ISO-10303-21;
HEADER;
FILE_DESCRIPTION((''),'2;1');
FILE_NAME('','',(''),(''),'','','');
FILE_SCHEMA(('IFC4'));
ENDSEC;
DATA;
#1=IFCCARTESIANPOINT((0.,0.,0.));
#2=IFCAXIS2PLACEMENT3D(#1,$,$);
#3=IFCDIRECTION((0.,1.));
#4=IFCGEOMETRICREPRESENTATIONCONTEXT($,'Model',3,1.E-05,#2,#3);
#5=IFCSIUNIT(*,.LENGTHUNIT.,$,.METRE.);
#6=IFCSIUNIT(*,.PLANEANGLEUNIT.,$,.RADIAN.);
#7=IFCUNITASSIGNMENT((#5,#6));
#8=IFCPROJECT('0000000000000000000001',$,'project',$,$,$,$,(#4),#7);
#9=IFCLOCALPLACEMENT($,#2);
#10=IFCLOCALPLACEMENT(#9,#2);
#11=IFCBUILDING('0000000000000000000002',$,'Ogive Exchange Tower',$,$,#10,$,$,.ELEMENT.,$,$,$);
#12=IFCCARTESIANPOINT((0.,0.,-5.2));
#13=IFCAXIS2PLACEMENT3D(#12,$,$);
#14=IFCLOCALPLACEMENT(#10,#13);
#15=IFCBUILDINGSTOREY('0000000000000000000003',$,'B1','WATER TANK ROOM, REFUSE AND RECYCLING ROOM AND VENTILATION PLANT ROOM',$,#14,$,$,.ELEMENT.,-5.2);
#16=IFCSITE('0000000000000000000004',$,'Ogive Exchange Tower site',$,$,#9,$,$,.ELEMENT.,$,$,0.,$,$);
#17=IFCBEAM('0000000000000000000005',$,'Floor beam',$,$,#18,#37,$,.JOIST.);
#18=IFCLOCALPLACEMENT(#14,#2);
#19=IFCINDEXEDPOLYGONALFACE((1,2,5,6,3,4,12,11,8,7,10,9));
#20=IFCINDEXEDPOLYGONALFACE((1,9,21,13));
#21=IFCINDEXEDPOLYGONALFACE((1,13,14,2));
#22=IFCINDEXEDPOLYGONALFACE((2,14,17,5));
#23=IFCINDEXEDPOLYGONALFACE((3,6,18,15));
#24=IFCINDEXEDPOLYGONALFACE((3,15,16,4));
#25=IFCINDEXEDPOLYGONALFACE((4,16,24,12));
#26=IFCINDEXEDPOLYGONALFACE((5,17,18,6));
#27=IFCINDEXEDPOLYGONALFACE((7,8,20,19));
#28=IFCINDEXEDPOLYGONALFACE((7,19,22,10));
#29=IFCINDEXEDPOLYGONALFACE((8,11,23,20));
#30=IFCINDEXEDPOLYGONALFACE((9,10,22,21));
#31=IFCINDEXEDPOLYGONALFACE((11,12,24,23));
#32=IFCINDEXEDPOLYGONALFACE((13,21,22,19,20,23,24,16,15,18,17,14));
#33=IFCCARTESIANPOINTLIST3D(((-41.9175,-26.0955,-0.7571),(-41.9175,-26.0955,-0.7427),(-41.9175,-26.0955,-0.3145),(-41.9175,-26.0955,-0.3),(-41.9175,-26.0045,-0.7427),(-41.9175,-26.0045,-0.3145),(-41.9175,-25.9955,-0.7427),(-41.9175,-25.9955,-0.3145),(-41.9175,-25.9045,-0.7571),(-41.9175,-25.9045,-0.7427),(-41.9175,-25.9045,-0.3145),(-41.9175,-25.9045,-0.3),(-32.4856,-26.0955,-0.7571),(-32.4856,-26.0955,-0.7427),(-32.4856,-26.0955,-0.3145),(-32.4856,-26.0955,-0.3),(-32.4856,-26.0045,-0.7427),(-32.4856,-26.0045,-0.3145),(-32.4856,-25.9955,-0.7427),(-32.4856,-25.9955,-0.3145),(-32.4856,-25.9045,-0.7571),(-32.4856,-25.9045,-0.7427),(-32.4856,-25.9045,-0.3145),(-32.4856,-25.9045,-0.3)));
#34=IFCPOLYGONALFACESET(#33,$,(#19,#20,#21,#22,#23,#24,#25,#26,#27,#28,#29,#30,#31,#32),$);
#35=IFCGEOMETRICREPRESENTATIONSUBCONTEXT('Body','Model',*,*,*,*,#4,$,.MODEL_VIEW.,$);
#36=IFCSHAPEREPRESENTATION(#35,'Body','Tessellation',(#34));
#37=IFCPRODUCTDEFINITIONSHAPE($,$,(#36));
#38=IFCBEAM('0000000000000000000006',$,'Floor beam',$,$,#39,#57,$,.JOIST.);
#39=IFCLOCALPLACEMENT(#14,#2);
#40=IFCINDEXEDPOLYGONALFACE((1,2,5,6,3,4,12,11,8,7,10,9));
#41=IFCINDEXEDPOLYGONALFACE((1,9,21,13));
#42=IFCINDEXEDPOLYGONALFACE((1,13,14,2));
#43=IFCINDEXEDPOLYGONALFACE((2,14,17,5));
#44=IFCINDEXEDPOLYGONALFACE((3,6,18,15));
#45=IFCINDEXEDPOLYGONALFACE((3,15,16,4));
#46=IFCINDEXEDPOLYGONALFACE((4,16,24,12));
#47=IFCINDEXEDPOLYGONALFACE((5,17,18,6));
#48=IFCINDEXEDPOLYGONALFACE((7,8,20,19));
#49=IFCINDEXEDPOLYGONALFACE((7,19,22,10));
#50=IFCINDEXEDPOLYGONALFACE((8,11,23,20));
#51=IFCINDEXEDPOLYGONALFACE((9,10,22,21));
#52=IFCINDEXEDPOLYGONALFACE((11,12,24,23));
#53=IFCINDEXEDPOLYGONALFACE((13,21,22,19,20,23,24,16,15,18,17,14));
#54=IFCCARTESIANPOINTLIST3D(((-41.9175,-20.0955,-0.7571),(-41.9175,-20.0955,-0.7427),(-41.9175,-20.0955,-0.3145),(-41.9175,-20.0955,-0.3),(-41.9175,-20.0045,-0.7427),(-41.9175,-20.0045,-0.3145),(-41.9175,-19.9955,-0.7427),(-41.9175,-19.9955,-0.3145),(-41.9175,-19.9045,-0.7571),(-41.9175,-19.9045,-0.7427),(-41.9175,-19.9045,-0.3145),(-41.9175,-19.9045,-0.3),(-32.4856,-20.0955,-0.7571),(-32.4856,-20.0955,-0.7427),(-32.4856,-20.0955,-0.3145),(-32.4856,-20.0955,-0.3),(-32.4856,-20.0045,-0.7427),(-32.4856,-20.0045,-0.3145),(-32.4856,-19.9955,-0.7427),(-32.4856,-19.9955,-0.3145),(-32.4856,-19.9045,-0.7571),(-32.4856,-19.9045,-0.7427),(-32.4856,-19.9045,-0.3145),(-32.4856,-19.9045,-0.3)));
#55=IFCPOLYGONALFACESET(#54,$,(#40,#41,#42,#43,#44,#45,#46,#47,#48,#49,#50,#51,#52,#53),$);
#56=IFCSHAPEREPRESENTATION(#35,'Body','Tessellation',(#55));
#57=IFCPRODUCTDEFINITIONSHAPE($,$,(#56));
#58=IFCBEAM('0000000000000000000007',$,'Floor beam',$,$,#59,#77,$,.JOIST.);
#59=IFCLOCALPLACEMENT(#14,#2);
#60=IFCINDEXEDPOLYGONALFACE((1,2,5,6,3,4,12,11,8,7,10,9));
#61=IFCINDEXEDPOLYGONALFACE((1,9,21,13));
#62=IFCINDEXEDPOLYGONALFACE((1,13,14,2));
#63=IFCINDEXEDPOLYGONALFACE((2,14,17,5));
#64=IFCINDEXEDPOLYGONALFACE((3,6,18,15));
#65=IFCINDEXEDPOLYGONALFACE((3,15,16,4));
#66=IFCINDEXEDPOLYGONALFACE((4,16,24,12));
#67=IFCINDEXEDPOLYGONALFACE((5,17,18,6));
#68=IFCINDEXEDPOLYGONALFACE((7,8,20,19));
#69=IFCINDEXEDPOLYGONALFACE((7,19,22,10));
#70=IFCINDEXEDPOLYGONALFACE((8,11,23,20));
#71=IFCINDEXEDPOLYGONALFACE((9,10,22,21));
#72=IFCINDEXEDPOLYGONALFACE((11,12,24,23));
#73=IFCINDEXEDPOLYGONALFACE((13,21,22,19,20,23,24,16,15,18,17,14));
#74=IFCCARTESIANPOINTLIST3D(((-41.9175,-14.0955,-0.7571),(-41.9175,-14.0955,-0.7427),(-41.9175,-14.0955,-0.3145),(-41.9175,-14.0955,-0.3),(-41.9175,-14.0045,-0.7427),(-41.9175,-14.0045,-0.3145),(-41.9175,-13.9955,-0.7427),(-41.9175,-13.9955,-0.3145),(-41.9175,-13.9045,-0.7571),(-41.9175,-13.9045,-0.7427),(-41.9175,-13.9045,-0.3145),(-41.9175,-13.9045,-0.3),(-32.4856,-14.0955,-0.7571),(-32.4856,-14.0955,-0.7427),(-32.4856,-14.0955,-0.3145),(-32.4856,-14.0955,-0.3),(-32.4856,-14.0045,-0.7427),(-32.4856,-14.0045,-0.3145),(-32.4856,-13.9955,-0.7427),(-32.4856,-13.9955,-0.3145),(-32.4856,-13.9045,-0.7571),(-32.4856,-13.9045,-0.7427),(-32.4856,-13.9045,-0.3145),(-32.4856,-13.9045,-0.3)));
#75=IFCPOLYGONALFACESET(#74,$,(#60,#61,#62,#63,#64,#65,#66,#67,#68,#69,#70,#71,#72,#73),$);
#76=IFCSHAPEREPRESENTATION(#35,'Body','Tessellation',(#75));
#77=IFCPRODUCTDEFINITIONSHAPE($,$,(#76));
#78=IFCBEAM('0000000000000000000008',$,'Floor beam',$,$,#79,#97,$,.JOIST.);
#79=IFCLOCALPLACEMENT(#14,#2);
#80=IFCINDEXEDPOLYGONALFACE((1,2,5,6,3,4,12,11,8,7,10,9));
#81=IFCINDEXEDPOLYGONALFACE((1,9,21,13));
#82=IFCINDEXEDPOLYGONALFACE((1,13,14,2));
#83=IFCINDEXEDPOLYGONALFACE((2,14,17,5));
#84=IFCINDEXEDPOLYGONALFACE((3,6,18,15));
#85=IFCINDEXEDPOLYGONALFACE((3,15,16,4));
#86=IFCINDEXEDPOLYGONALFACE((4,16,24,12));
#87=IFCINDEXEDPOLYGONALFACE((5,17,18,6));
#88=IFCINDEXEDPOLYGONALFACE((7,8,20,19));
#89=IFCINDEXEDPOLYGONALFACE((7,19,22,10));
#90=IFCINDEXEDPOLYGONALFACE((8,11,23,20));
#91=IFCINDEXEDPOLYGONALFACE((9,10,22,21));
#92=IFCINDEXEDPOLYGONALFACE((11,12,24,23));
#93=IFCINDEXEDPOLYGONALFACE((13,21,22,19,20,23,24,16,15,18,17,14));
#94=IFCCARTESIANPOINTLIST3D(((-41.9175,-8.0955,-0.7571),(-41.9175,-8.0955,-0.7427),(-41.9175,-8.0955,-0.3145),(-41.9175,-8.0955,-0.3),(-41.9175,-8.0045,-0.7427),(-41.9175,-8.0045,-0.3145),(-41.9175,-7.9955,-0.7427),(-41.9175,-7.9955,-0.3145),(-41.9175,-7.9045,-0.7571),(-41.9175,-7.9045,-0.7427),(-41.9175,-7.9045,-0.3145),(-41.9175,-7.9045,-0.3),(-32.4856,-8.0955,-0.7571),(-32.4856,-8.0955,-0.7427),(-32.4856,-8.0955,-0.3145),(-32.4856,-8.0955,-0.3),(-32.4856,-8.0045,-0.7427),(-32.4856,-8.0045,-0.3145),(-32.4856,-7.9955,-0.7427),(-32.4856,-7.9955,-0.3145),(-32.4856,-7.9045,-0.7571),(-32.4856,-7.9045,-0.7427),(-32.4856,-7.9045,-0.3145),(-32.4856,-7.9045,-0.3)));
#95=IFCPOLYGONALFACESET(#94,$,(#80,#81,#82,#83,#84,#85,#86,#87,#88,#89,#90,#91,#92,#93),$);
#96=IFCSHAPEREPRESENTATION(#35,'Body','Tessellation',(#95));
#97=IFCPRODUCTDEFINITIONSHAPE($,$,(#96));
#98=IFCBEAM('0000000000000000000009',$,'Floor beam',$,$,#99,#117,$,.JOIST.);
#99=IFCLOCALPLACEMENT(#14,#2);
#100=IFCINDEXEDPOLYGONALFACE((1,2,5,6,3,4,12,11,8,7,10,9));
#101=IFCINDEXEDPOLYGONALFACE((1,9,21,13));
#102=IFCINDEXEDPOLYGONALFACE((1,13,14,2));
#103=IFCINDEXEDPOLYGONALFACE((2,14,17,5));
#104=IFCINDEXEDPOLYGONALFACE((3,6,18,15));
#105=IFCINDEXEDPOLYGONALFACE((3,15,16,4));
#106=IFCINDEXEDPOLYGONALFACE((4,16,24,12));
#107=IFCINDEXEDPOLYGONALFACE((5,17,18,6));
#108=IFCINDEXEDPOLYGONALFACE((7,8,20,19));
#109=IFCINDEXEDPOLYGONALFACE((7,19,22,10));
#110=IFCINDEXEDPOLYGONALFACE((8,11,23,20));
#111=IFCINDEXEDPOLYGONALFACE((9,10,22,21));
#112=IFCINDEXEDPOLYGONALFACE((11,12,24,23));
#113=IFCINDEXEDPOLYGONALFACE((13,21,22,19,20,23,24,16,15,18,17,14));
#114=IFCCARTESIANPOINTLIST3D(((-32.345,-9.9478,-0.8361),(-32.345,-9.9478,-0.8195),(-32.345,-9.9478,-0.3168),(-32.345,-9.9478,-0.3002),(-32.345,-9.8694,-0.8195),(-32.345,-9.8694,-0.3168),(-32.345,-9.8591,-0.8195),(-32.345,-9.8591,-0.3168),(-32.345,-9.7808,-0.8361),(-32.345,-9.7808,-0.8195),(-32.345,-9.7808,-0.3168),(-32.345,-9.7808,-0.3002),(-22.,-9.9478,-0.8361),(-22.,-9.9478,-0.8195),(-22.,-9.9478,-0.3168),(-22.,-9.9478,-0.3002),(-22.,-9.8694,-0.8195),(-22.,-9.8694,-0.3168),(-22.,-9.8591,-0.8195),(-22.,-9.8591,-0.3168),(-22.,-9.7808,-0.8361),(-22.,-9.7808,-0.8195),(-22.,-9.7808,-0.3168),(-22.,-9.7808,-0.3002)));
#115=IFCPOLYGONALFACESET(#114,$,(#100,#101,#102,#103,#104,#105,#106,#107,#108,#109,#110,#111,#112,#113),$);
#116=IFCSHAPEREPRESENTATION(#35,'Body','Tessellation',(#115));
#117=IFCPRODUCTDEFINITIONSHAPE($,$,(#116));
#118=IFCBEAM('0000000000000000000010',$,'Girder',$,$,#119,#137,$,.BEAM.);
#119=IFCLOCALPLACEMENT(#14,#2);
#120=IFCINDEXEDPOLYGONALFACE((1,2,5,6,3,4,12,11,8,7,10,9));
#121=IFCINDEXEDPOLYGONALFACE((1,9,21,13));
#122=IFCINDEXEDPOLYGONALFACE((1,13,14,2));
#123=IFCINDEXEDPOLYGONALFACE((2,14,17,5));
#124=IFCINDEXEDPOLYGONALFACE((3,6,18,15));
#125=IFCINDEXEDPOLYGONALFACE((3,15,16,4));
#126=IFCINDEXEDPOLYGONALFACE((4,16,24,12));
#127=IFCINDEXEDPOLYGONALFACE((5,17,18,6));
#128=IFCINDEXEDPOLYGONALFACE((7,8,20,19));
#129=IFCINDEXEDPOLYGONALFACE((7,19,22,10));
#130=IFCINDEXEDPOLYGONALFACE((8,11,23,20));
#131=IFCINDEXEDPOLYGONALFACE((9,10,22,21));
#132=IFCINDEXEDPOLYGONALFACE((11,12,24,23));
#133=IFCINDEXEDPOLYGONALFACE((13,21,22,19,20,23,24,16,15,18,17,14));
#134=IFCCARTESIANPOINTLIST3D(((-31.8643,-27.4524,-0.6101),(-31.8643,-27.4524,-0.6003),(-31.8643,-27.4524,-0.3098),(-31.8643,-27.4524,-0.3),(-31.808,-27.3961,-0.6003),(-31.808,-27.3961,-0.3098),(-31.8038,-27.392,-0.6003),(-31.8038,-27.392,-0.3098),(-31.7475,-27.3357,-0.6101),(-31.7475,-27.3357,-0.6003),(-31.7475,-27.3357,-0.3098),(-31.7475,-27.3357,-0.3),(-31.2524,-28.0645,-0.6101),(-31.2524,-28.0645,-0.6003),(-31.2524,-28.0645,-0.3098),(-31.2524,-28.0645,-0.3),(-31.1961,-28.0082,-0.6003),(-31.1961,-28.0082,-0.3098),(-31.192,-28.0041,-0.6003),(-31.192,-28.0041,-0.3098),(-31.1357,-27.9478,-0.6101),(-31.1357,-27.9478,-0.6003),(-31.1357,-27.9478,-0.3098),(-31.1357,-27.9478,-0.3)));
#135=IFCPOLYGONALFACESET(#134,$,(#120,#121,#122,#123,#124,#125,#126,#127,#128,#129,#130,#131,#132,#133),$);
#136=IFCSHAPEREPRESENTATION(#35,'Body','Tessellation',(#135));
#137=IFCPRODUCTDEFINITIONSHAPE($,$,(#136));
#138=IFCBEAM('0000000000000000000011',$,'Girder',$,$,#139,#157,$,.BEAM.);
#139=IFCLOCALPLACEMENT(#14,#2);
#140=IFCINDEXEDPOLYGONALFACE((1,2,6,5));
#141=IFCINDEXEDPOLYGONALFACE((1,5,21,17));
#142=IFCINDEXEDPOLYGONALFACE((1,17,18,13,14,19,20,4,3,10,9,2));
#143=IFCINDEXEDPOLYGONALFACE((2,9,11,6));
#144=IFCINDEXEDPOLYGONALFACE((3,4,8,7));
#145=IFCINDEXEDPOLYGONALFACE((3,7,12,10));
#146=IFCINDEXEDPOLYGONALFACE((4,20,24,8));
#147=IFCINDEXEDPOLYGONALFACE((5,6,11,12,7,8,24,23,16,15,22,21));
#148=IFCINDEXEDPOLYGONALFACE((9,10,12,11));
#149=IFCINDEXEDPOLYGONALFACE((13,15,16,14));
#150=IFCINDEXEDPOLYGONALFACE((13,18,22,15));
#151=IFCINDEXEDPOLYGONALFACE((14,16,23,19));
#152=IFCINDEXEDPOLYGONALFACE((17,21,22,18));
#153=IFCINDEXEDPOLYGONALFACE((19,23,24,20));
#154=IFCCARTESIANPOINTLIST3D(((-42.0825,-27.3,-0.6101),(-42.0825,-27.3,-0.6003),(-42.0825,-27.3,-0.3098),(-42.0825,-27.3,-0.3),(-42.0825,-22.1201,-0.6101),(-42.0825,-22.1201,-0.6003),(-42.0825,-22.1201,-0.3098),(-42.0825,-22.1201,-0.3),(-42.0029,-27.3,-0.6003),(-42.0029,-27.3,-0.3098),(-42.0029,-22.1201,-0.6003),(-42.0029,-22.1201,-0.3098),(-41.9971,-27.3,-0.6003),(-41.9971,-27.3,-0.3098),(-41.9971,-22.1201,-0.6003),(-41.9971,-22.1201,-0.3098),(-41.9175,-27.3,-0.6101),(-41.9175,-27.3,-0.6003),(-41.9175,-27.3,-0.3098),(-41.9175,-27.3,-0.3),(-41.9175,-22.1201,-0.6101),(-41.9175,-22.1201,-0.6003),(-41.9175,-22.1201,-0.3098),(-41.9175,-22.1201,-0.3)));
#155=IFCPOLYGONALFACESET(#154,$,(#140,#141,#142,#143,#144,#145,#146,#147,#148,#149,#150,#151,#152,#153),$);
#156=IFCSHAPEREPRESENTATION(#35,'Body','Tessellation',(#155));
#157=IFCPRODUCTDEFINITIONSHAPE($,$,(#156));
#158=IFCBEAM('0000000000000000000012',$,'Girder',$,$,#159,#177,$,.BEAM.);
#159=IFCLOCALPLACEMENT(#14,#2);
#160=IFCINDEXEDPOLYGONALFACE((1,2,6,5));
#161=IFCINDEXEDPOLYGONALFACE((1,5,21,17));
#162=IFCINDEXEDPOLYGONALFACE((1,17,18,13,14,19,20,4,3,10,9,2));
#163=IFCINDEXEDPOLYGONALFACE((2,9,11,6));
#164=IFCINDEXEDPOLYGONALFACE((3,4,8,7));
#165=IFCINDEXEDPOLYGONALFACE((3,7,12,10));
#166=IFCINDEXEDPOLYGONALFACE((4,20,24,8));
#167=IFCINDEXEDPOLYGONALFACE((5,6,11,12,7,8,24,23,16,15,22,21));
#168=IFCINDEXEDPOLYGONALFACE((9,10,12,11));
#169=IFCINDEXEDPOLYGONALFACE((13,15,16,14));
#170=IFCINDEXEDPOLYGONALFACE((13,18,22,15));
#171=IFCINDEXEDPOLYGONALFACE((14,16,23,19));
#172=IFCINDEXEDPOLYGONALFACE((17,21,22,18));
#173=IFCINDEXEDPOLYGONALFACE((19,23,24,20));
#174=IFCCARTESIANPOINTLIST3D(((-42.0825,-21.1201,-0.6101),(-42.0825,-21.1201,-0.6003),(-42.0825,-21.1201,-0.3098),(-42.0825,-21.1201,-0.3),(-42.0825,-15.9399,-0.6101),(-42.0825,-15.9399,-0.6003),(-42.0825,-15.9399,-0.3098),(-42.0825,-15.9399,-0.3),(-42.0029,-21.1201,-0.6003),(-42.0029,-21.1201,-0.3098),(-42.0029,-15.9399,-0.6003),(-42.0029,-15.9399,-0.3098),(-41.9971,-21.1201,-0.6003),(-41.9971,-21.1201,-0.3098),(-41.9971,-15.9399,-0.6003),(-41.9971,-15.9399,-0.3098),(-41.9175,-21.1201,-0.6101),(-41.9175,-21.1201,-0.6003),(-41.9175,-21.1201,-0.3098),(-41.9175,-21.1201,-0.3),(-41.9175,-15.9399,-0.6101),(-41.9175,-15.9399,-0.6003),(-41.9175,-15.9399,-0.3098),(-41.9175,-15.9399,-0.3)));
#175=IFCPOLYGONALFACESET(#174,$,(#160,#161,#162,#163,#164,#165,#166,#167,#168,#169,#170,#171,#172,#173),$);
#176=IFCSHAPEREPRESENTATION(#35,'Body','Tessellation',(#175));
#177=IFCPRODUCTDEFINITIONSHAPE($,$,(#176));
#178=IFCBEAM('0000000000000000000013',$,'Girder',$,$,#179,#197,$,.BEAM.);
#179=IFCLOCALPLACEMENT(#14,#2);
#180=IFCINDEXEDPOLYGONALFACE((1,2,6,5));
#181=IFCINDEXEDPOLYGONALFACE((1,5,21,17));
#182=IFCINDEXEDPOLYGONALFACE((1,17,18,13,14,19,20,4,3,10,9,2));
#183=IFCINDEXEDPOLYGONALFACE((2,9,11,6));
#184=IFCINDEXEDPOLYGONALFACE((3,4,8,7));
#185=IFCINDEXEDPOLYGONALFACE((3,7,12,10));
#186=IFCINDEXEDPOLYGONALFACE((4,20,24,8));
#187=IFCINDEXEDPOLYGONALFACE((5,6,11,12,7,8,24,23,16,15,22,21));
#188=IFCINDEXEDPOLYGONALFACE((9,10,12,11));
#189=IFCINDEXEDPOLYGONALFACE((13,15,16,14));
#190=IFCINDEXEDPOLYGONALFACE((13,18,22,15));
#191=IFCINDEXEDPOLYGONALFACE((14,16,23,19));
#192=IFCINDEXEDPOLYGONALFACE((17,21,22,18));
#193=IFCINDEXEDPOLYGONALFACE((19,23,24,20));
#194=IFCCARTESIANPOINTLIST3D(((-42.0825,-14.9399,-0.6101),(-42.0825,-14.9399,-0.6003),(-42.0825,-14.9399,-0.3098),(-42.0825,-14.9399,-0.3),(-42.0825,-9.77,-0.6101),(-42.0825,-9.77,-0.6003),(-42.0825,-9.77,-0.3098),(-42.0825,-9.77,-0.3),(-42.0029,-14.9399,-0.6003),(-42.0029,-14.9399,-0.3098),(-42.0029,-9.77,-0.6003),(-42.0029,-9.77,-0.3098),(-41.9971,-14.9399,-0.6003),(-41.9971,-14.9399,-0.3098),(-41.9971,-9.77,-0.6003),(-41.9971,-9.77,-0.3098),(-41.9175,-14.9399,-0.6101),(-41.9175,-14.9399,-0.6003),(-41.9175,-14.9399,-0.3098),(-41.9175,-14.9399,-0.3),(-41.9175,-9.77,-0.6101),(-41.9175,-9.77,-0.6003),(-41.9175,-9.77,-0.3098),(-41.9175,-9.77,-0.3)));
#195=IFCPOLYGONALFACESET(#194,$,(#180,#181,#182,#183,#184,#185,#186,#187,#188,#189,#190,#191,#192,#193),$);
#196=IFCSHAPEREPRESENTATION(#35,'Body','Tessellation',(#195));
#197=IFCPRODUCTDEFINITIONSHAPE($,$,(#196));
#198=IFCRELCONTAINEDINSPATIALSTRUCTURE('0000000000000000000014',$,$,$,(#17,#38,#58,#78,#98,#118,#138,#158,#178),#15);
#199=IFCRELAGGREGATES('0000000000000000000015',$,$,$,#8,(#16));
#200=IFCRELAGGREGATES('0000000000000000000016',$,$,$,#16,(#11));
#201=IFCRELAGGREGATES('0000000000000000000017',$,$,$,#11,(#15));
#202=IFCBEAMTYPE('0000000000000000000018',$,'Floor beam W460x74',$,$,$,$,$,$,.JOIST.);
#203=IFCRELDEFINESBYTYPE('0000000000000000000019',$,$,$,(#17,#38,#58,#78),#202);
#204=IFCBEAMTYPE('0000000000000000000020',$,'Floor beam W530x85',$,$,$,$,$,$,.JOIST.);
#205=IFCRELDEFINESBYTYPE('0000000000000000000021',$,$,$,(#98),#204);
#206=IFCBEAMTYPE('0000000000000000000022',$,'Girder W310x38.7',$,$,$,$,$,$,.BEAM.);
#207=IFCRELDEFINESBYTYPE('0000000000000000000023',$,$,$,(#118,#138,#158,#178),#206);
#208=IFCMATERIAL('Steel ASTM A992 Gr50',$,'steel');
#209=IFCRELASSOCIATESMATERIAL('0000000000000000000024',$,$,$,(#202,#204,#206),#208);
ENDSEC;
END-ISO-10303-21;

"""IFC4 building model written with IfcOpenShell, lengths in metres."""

from ifc_helpers import new_model, si_unit, direction, frame, origin, origin_2d, place, context, subcontext, project, spatial, i_section, extrude, material, material_profile, profile_set, type_object, element, save


model = new_model("IFC4")

# Units and contexts
model_context = context("Model", 3, precision=1e-05, world=origin(), true_north=direction((0.0, 1.0)))
body_context = subcontext(model_context, "Body", "Model", "MODEL_VIEW")
ifc_project = project(units=[si_unit("LENGTHUNIT", "METRE"), si_unit("PLANEANGLEUNIT", "RADIAN")], contexts=[model_context])

# Site, building, storey
site_placement = place(None, origin())
site = spatial("IfcSite", under=ifc_project, at=site_placement, Name="Ogive Exchange Tower site", CompositionType="ELEMENT", RefElevation=0.0)
building_placement = place(site_placement, origin())
building = spatial("IfcBuilding", under=site, at=building_placement, Name="Ogive Exchange Tower", CompositionType="ELEMENT")
storey_placement = place(building_placement, frame((0.0, 0.0, -5.2)))
storey = spatial("IfcBuildingStorey", under=building, at=storey_placement, Name="B1", Description="WATER TANK ROOM, REFUSE AND RECYCLING ROOM AND VENTILATION PLANT ROOM", CompositionType="ELEMENT", Elevation=-5.2)

# Beams
ifc_material_1 = material(Name="Steel ASTM A992 Gr50", Category="steel")
ifc_material_profile_1 = material_profile(ifc_material_1, i_section(OverallWidth=0.1909, OverallDepth=0.457, WebThickness=0.009, FlangeThickness=0.0144, at=origin_2d()), Name="W460x74")
ifc_profile_set_1 = profile_set([ifc_material_profile_1], Name="Steel ASTM A992 Gr50")
beam_type_1 = type_object("IfcBeamType", Name="Floor beam W460x74", PredefinedType="JOIST", material=ifc_profile_set_1)
for number, where, z_axis, x_axis, name in (
    (1, (-41.9175, -26.0, -0.5286), (1.0, 0.0, 0.0), (0.0, 1.0, 0.0), "Floor beam"),
    (2, (-41.9175, -20.0, -0.5286), (1.0, 0.0, 0.0), (0.0, 1.0, 0.0), "Floor beam"),
    (3, (-41.9175, -14.0, -0.5286), (1.0, 0.0, 0.0), (0.0, 1.0, 0.0), "Floor beam"),
    (4, (-41.9175, -8.0, -0.5286), (1.0, 0.0, 0.0), (0.0, 1.0, 0.0), "Floor beam"),
):
    element("IfcBeam", number, at=place(storey_placement, frame(where, z_axis=z_axis, x_axis=x_axis)), inside=storey, type_object=beam_type_1, Name=name, PredefinedType="JOIST", context=body_context, shape_type="SweptSolid", body=[
        extrude(i_section(OverallWidth=0.1909, OverallDepth=0.457, WebThickness=0.009, FlangeThickness=0.0144, at=origin_2d()), origin(), (0.0, 0.0, 1.0), 9.4319),
    ])
ifc_material_profile_2 = material_profile(ifc_material_1, i_section(OverallWidth=0.167, OverallDepth=0.5359, WebThickness=0.0103, FlangeThickness=0.0166, at=origin_2d()), Name="W530x85")
ifc_profile_set_2 = profile_set([ifc_material_profile_2], Name="Steel ASTM A992 Gr50")
beam_type_2 = type_object("IfcBeamType", Name="Floor beam W530x85", PredefinedType="JOIST", material=ifc_profile_set_2)
beam_1_placement = place(storey_placement, frame((-32.345, -9.8643, -0.5681), z_axis=(1.0, 0.0, 0.0), x_axis=(0.0, 1.0, 0.0)))
element("IfcBeam", 5, at=beam_1_placement, inside=storey, type_object=beam_type_2, Name="Floor beam", PredefinedType="JOIST", context=body_context, shape_type="SweptSolid", body=[
    extrude(i_section(OverallWidth=0.167, OverallDepth=0.5359, WebThickness=0.0103, FlangeThickness=0.0166, at=origin_2d()), origin(), (0.0, 0.0, 1.0), 10.345),
])
ifc_material_profile_3 = material_profile(ifc_material_1, i_section(OverallWidth=0.165, OverallDepth=0.3101, WebThickness=0.0059, FlangeThickness=0.0098, at=origin_2d()), Name="W310x38.7")
ifc_profile_set_3 = profile_set([ifc_material_profile_3], Name="Steel ASTM A992 Gr50")
beam_type_3 = type_object("IfcBeamType", Name="Girder W310x38.7", PredefinedType="BEAM", material=ifc_profile_set_3)
beam_2_placement = place(storey_placement, frame((-31.8059, -27.394, -0.4551), z_axis=(0.706966, -0.707248, 0.0), x_axis=(0.707248, 0.706966, 0.0)))
element("IfcBeam", 6, at=beam_2_placement, inside=storey, type_object=beam_type_3, Name="Girder", PredefinedType="BEAM", context=body_context, shape_type="SweptSolid", body=[
    extrude(i_section(OverallWidth=0.165, OverallDepth=0.3101, WebThickness=0.0059, FlangeThickness=0.0098, at=origin_2d()), origin(), (0.0, 0.0, 1.0), 0.8655),
])
beam_3_placement = place(storey_placement, frame((-42.0, -27.3, -0.4551), z_axis=(0.0, 1.0, 0.0), x_axis=(-1.0, 0.0, 0.0)))
element("IfcBeam", 7, at=beam_3_placement, inside=storey, type_object=beam_type_3, Name="Girder", PredefinedType="BEAM", context=body_context, shape_type="SweptSolid", body=[
    extrude(i_section(OverallWidth=0.165, OverallDepth=0.3101, WebThickness=0.0059, FlangeThickness=0.0098, at=origin_2d()), origin(), (0.0, 0.0, 1.0), 5.1799),
])
beam_4_placement = place(storey_placement, frame((-42.0, -21.1201, -0.4551), z_axis=(0.0, 1.0, 0.0), x_axis=(-1.0, 0.0, 0.0)))
element("IfcBeam", 8, at=beam_4_placement, inside=storey, type_object=beam_type_3, Name="Girder", PredefinedType="BEAM", context=body_context, shape_type="SweptSolid", body=[
    extrude(i_section(OverallWidth=0.165, OverallDepth=0.3101, WebThickness=0.0059, FlangeThickness=0.0098, at=origin_2d()), origin(), (0.0, 0.0, 1.0), 5.1802),
])
beam_5_placement = place(storey_placement, frame((-42.0, -14.9399, -0.4551), z_axis=(0.0, 1.0, 0.0), x_axis=(-1.0, 0.0, 0.0)))
element("IfcBeam", 9, at=beam_5_placement, inside=storey, type_object=beam_type_3, Name="Girder", PredefinedType="BEAM", context=body_context, shape_type="SweptSolid", body=[
    extrude(i_section(OverallWidth=0.165, OverallDepth=0.3101, WebThickness=0.0059, FlangeThickness=0.0098, at=origin_2d()), origin(), (0.0, 0.0, 1.0), 5.1699),
])

save(model, "model.ifc")
